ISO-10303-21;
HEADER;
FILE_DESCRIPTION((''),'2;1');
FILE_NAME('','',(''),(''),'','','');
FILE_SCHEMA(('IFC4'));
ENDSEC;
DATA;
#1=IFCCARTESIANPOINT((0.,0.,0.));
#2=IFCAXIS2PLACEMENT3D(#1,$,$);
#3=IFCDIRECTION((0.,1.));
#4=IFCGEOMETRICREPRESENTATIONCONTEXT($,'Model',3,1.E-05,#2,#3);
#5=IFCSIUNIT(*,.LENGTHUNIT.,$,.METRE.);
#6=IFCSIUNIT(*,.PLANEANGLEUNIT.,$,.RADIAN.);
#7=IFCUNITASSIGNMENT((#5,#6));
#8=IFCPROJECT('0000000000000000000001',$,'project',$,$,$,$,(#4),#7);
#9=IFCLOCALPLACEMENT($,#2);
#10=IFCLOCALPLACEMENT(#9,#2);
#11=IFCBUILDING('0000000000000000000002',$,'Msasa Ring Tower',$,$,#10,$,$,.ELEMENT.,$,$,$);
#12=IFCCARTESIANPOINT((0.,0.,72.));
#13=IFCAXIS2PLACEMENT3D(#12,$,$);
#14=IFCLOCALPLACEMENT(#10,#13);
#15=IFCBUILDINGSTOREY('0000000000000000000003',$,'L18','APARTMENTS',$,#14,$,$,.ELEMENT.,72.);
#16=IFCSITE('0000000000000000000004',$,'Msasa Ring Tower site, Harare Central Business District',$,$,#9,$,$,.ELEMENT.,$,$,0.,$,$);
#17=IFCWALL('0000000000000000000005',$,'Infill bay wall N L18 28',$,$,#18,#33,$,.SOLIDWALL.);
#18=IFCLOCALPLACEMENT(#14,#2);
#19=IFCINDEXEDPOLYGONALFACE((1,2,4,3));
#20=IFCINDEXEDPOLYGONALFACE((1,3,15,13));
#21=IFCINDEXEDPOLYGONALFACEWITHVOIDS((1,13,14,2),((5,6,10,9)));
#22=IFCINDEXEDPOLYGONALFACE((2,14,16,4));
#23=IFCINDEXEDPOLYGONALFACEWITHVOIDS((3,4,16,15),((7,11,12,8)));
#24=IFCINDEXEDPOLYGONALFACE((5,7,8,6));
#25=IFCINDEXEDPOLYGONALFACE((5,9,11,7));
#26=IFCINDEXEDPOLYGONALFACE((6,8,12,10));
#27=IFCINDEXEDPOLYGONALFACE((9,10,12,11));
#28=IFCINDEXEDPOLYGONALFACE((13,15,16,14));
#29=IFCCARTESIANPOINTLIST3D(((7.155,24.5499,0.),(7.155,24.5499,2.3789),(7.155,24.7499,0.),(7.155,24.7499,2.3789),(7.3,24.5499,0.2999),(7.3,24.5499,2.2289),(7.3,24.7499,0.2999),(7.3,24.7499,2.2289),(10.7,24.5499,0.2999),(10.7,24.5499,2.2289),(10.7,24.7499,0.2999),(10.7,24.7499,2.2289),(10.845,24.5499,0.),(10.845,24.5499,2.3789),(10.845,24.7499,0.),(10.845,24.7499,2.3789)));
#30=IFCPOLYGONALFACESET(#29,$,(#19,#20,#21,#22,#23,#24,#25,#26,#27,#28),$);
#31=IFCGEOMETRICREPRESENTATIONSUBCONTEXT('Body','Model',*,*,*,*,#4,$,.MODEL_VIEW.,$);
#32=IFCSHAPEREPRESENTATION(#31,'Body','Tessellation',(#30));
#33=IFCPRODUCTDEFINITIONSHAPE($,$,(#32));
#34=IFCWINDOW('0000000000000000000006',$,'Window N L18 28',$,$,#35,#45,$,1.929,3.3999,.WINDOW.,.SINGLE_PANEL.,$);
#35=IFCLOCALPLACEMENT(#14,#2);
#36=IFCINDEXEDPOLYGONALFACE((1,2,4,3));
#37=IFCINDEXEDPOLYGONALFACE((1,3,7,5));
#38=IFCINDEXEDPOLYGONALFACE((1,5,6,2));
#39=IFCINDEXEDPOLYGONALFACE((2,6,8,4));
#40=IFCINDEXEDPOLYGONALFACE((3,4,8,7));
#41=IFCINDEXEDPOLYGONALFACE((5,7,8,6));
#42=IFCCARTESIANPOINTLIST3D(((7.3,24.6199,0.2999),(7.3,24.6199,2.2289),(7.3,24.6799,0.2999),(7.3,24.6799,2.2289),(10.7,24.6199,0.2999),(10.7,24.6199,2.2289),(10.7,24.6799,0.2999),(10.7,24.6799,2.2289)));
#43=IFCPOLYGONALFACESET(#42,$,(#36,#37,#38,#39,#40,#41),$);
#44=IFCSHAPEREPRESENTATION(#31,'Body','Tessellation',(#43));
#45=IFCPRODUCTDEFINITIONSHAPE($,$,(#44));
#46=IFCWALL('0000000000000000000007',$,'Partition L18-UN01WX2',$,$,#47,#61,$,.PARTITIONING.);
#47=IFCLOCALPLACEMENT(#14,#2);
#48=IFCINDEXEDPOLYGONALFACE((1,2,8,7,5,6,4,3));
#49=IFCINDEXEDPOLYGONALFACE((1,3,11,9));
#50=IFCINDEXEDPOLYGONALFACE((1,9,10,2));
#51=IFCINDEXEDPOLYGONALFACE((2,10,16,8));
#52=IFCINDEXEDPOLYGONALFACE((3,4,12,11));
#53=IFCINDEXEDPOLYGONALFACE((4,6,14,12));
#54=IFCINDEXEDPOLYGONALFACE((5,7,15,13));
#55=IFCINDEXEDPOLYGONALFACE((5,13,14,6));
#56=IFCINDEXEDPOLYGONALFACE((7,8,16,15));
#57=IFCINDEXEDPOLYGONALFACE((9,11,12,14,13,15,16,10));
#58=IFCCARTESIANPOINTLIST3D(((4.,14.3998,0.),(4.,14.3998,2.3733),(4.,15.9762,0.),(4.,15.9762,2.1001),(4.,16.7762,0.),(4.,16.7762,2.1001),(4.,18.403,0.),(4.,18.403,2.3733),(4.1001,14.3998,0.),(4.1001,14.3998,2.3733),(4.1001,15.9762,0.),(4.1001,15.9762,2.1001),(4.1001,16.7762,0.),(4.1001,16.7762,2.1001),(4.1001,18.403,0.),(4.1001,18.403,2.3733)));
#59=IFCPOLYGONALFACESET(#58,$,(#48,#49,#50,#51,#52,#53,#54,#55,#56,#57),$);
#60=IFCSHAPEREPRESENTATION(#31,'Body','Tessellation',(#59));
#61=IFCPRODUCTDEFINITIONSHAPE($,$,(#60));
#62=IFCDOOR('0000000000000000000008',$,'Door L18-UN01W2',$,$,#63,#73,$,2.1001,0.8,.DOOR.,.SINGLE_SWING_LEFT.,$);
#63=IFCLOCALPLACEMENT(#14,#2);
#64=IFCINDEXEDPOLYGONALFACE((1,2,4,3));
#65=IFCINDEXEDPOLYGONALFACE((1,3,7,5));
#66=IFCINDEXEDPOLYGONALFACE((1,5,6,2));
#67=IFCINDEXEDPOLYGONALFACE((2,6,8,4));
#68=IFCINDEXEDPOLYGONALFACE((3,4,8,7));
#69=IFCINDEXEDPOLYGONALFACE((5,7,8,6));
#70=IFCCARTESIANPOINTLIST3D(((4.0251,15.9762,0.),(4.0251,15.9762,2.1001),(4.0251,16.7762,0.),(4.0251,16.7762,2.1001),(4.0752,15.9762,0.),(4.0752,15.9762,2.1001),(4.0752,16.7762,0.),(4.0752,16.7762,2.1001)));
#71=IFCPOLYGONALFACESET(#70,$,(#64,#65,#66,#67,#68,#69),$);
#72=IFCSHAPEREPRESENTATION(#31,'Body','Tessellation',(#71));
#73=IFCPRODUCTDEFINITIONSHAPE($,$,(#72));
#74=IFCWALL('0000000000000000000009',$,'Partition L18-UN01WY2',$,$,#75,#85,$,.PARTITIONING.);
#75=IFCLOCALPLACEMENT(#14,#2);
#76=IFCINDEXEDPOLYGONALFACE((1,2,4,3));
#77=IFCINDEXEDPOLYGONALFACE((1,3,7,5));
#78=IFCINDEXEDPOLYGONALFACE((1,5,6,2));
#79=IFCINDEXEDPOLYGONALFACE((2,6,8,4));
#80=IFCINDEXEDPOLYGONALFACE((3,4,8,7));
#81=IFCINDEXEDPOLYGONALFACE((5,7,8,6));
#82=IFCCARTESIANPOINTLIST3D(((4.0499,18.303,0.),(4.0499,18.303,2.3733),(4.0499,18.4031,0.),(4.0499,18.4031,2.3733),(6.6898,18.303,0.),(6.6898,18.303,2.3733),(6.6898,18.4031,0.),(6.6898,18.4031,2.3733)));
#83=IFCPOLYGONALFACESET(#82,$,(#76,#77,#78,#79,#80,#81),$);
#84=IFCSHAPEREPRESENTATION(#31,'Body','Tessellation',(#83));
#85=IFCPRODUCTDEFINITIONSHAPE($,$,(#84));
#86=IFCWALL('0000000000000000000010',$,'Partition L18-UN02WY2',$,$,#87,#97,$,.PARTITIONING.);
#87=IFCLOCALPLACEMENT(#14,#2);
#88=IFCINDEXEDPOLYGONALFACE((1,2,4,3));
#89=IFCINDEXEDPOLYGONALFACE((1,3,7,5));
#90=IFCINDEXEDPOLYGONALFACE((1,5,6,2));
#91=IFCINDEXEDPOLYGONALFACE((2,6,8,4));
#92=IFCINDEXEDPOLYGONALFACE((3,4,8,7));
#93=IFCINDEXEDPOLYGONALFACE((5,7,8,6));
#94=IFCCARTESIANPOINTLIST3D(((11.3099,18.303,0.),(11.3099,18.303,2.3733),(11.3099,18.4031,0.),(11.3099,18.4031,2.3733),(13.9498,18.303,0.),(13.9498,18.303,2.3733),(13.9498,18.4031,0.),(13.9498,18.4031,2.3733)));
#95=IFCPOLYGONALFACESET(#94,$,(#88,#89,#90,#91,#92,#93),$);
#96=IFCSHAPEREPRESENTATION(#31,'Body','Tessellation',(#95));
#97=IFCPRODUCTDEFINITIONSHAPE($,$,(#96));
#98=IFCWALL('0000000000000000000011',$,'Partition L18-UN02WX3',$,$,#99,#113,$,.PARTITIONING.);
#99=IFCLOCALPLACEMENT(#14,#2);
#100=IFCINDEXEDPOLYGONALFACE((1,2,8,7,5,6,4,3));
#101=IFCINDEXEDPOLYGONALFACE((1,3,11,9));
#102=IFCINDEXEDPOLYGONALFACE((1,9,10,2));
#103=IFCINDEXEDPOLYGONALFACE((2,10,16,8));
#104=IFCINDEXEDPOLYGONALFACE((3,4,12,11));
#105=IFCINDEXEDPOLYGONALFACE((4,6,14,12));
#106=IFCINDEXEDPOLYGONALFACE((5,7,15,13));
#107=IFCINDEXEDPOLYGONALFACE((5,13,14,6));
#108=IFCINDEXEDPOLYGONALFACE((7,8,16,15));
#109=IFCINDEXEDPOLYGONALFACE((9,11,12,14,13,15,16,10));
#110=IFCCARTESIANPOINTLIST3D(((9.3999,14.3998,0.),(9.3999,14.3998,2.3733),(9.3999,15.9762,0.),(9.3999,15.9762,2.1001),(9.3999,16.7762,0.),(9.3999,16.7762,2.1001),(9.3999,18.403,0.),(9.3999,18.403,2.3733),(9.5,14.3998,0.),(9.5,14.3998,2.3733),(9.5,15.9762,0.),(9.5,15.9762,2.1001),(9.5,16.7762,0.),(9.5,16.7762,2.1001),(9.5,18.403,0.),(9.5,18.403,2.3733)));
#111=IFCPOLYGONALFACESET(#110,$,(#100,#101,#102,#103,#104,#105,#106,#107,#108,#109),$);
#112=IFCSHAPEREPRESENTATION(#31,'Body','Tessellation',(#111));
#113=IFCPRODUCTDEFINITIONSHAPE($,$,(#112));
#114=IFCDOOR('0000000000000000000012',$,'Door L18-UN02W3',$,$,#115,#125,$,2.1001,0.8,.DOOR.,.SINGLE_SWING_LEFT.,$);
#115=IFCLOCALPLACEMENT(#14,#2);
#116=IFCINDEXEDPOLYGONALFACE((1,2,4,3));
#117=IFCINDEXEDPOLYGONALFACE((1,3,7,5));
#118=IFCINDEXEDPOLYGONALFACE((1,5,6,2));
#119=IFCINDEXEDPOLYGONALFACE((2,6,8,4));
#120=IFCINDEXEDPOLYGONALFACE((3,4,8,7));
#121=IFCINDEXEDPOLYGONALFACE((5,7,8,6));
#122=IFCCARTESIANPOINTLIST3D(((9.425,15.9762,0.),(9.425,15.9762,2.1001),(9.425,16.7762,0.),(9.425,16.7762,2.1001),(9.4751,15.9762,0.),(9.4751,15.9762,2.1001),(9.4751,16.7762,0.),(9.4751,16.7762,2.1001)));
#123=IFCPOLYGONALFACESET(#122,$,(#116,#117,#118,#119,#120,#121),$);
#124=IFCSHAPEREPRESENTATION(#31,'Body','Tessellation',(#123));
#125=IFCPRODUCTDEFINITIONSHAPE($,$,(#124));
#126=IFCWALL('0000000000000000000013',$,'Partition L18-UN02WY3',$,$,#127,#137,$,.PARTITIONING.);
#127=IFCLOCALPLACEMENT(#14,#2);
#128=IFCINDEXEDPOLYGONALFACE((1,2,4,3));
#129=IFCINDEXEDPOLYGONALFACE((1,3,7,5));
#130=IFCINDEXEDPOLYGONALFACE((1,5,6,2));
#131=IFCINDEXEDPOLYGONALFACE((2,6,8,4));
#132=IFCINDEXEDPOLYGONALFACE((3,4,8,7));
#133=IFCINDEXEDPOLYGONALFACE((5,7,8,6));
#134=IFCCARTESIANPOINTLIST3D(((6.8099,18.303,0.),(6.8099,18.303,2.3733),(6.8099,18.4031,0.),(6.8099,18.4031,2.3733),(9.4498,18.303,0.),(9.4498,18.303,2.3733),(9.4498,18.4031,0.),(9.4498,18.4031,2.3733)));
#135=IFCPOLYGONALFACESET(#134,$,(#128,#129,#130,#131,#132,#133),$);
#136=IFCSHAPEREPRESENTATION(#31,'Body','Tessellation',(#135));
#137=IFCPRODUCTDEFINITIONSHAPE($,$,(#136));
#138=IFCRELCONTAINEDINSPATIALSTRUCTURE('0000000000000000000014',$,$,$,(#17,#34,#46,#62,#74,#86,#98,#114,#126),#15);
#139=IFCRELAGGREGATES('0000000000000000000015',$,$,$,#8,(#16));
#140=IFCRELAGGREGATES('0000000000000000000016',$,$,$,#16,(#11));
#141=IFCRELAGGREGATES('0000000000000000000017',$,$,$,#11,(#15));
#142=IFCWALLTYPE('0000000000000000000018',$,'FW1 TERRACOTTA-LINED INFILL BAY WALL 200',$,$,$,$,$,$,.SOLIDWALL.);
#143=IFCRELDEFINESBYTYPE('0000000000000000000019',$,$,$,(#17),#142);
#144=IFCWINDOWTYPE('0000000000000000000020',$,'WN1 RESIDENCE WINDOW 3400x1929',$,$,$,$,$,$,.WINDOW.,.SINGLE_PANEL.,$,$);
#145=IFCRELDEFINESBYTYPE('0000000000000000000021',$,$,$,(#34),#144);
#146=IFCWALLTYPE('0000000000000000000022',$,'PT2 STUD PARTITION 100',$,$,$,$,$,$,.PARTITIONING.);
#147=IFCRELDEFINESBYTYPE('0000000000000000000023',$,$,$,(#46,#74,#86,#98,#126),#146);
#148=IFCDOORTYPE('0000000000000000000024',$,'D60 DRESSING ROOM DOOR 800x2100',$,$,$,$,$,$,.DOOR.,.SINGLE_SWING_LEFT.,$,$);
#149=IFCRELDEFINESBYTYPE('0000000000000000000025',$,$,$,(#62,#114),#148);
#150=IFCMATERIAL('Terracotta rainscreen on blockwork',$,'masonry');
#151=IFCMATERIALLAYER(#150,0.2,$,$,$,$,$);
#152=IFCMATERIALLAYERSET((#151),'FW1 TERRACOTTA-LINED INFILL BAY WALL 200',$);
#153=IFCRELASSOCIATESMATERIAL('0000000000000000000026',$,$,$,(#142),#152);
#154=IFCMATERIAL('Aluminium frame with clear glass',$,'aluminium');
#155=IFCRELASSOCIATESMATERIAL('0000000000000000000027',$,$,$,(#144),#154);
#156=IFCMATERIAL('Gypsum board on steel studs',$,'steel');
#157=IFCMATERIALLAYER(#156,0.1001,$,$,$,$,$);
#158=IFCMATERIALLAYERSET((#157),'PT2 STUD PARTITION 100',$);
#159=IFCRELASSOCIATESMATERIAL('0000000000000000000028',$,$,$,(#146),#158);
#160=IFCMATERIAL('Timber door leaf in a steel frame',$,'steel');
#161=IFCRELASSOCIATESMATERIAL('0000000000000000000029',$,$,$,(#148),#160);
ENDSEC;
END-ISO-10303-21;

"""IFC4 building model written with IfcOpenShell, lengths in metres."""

from ifc_helpers import new_model, si_unit, direction, frame, frame_2d, origin, place, context, subcontext, project, spatial, rectangle, extrude, material, layer, layer_set, type_object, element, fill, save


model = new_model("IFC4")

# Units and contexts
model_context = context("Model", 3, precision=1e-05, world=origin(), true_north=direction((0.0, 1.0)))
body_context = subcontext(model_context, "Body", "Model", "MODEL_VIEW")
ifc_project = project(units=[si_unit("LENGTHUNIT", "METRE"), si_unit("PLANEANGLEUNIT", "RADIAN")], contexts=[model_context])

# Site, building, storey
site_placement = place(None, origin())
site = spatial("IfcSite", under=ifc_project, at=site_placement, Name="Msasa Ring Tower site, Harare Central Business District", CompositionType="ELEMENT", RefElevation=0.0)
building_placement = place(site_placement, origin())
building = spatial("IfcBuilding", under=site, at=building_placement, Name="Msasa Ring Tower", CompositionType="ELEMENT")
storey_placement = place(building_placement, frame((0.0, 0.0, 72.0)))
storey = spatial("IfcBuildingStorey", under=building, at=storey_placement, Name="L18", Description="APARTMENTS", CompositionType="ELEMENT", Elevation=72.0)

# Wall, opening, window
ifc_material_1 = material(Name="Terracotta rainscreen on blockwork", Category="masonry")
ifc_layer_1 = layer(ifc_material_1, 0.2)
ifc_layer_set_1 = layer_set([ifc_layer_1], Name="FW1 TERRACOTTA-LINED INFILL BAY WALL 200")
wall_type_1 = type_object("IfcWallType", Name="FW1 TERRACOTTA-LINED INFILL BAY WALL 200", PredefinedType="SOLIDWALL", material=ifc_layer_set_1)
ifc_material_2 = material(Name="Aluminium frame with clear glass", Category="aluminium")
window_type = type_object("IfcWindowType", Name="WN1 RESIDENCE WINDOW 3400x1929", PartitioningType="SINGLE_PANEL", PredefinedType="WINDOW", material=ifc_material_2)
wall_1_placement = place(storey_placement, frame((7.155, 24.6499, 0.0), z_axis=(0.0, 0.0, 1.0), x_axis=(1.0, 0.0, 0.0)))
wall_1 = element("IfcWall", 1, at=wall_1_placement, inside=storey, type_object=wall_type_1, Name="Infill bay wall N L18 28", PredefinedType="SOLIDWALL", context=body_context, shape_type="SweptSolid", body=[
    extrude(rectangle(XDim=3.6899, YDim=0.2, at=frame_2d((1.845, 0.0))), origin(), (0.0, 0.0, 1.0), 2.3789),
])
opening_1_placement = place(wall_1_placement, frame((0.145, 0.0, 0.3)))
opening_1 = element("IfcOpeningElement", 2, at=opening_1_placement, cuts=wall_1, PredefinedType="OPENING", context=body_context, shape_type="SweptSolid", body=[
    extrude(rectangle(XDim=3.3999, YDim=1.929, at=frame_2d((1.7, 0.9644))), frame((0.0, 0.1099, 0.0), z_axis=(0.0, -1.0, 0.0), x_axis=(1.0, 0.0, 0.0)), (0.0, 0.0, 1.0), 0.22),
])
window_1_placement = place(opening_1_placement, origin())
window_1 = element("IfcWindow", 3, at=window_1_placement, inside=storey, type_object=window_type, Name="Window N L18 28", OverallHeight=1.929, OverallWidth=3.3999, PartitioningType="SINGLE_PANEL", PredefinedType="WINDOW", context=body_context, shape_type="SweptSolid", body=[
    extrude(rectangle(XDim=3.3999, YDim=1.929, at=frame_2d((1.7, 0.9644))), frame((0.0, 0.03, 0.0), z_axis=(0.0, -1.0, 0.0), x_axis=(1.0, 0.0, 0.0)), (0.0, 0.0, 1.0), 0.0601),
])
fill(opening_1, window_1)

# Wall, opening, door
ifc_material_3 = material(Name="Gypsum board on steel studs", Category="steel")
ifc_layer_2 = layer(ifc_material_3, 0.1001)
ifc_layer_set_2 = layer_set([ifc_layer_2], Name="PT2 STUD PARTITION 100")
wall_type_2 = type_object("IfcWallType", Name="PT2 STUD PARTITION 100", PredefinedType="PARTITIONING", material=ifc_layer_set_2)
wall_2_placement = place(storey_placement, frame((4.05, 14.3999, 0.0), z_axis=(0.0, 0.0, 1.0), x_axis=(0.0, 1.0, 0.0)))
wall_2 = element("IfcWall", 4, at=wall_2_placement, inside=storey, type_object=wall_type_2, Name="Partition L18-UN01WX2", PredefinedType="PARTITIONING", context=body_context, shape_type="SweptSolid", body=[
    extrude(rectangle(XDim=4.0032, YDim=0.1001, at=frame_2d((2.0015, 0.0))), origin(), (0.0, 0.0, 1.0), 2.3733),
])
opening_2_placement = place(wall_2_placement, frame((1.5764, 0.0, 0.0)))
opening_2 = element("IfcOpeningElement", 5, at=opening_2_placement, cuts=wall_2, PredefinedType="OPENING", context=body_context, shape_type="SweptSolid", body=[
    extrude(rectangle(XDim=0.8, YDim=2.1001, at=frame_2d((0.3999, 1.05))), frame((0.0, 0.0601, 0.0), z_axis=(0.0, -1.0, 0.0), x_axis=(1.0, 0.0, 0.0)), (0.0, 0.0, 1.0), 0.1201),
])
ifc_material_4 = material(Name="Timber door leaf in a steel frame", Category="steel")
door_type = type_object("IfcDoorType", Name="D60 DRESSING ROOM DOOR 800x2100", OperationType="SINGLE_SWING_LEFT", PredefinedType="DOOR", material=ifc_material_4)
door_1_placement = place(opening_2_placement, origin())
door_1 = element("IfcDoor", 6, at=door_1_placement, inside=storey, type_object=door_type, Name="Door L18-UN01W2", OperationType="SINGLE_SWING_LEFT", OverallHeight=2.1001, OverallWidth=0.8, PredefinedType="DOOR", context=body_context, shape_type="SweptSolid", body=[
    extrude(rectangle(XDim=0.8, YDim=2.1001, at=frame_2d((0.3999, 1.05))), frame((0.0, 0.0249, 0.0), z_axis=(0.0, -1.0, 0.0), x_axis=(1.0, 0.0, 0.0)), (0.0, 0.0, 1.0), 0.05),
])
fill(opening_2, door_1)

# Walls
for number, where, z_axis, x_axis, name in (
    (7, (4.05, 18.353, 0.0), (0.0, 0.0, 1.0), (1.0, 0.0, 0.0), "Partition L18-UN01WY2"),
    (8, (11.3101, 18.353, 0.0), (0.0, 0.0, 1.0), (1.0, 0.0, 0.0), "Partition L18-UN02WY2"),
):
    element("IfcWall", number, at=place(storey_placement, frame(where, z_axis=z_axis, x_axis=x_axis)), inside=storey, type_object=wall_type_2, Name=name, PredefinedType="PARTITIONING", context=body_context, shape_type="SweptSolid", body=[
        extrude(rectangle(XDim=2.6399, YDim=0.1001, at=frame_2d((1.3198, 0.0))), origin(), (0.0, 0.0, 1.0), 2.3733),
    ])

# Wall, opening, door
wall_3_placement = place(storey_placement, frame((9.45, 14.3999, 0.0), z_axis=(0.0, 0.0, 1.0), x_axis=(0.0, 1.0, 0.0)))
wall_3 = element("IfcWall", 9, at=wall_3_placement, inside=storey, type_object=wall_type_2, Name="Partition L18-UN02WX3", PredefinedType="PARTITIONING", context=body_context, shape_type="SweptSolid", body=[
    extrude(rectangle(XDim=4.0032, YDim=0.1001, at=frame_2d((2.0015, 0.0))), origin(), (0.0, 0.0, 1.0), 2.3733),
])
opening_3_placement = place(wall_3_placement, frame((1.5764, 0.0, 0.0)))
opening_3 = element("IfcOpeningElement", 10, at=opening_3_placement, cuts=wall_3, PredefinedType="OPENING", context=body_context, shape_type="SweptSolid", body=[
    extrude(rectangle(XDim=0.8, YDim=2.1001, at=frame_2d((0.3999, 1.05))), frame((0.0, 0.0601, 0.0), z_axis=(0.0, -1.0, 0.0), x_axis=(1.0, 0.0, 0.0)), (0.0, 0.0, 1.0), 0.1201),
])
door_2_placement = place(opening_3_placement, origin())
door_2 = element("IfcDoor", 11, at=door_2_placement, inside=storey, type_object=door_type, Name="Door L18-UN02W3", OperationType="SINGLE_SWING_LEFT", OverallHeight=2.1001, OverallWidth=0.8, PredefinedType="DOOR", context=body_context, shape_type="SweptSolid", body=[
    extrude(rectangle(XDim=0.8, YDim=2.1001, at=frame_2d((0.3999, 1.05))), frame((0.0, 0.0249, 0.0), z_axis=(0.0, -1.0, 0.0), x_axis=(1.0, 0.0, 0.0)), (0.0, 0.0, 1.0), 0.05),
])
fill(opening_3, door_2)

# Wall
wall_4_placement = place(storey_placement, frame((6.8101, 18.353, 0.0), z_axis=(0.0, 0.0, 1.0), x_axis=(1.0, 0.0, 0.0)))
element("IfcWall", 12, at=wall_4_placement, inside=storey, type_object=wall_type_2, Name="Partition L18-UN02WY3", PredefinedType="PARTITIONING", context=body_context, shape_type="SweptSolid", body=[
    extrude(rectangle(XDim=2.6399, YDim=0.1001, at=frame_2d((1.3198, 0.0))), origin(), (0.0, 0.0, 1.0), 2.3733),
])

save(model, "model.ifc")
